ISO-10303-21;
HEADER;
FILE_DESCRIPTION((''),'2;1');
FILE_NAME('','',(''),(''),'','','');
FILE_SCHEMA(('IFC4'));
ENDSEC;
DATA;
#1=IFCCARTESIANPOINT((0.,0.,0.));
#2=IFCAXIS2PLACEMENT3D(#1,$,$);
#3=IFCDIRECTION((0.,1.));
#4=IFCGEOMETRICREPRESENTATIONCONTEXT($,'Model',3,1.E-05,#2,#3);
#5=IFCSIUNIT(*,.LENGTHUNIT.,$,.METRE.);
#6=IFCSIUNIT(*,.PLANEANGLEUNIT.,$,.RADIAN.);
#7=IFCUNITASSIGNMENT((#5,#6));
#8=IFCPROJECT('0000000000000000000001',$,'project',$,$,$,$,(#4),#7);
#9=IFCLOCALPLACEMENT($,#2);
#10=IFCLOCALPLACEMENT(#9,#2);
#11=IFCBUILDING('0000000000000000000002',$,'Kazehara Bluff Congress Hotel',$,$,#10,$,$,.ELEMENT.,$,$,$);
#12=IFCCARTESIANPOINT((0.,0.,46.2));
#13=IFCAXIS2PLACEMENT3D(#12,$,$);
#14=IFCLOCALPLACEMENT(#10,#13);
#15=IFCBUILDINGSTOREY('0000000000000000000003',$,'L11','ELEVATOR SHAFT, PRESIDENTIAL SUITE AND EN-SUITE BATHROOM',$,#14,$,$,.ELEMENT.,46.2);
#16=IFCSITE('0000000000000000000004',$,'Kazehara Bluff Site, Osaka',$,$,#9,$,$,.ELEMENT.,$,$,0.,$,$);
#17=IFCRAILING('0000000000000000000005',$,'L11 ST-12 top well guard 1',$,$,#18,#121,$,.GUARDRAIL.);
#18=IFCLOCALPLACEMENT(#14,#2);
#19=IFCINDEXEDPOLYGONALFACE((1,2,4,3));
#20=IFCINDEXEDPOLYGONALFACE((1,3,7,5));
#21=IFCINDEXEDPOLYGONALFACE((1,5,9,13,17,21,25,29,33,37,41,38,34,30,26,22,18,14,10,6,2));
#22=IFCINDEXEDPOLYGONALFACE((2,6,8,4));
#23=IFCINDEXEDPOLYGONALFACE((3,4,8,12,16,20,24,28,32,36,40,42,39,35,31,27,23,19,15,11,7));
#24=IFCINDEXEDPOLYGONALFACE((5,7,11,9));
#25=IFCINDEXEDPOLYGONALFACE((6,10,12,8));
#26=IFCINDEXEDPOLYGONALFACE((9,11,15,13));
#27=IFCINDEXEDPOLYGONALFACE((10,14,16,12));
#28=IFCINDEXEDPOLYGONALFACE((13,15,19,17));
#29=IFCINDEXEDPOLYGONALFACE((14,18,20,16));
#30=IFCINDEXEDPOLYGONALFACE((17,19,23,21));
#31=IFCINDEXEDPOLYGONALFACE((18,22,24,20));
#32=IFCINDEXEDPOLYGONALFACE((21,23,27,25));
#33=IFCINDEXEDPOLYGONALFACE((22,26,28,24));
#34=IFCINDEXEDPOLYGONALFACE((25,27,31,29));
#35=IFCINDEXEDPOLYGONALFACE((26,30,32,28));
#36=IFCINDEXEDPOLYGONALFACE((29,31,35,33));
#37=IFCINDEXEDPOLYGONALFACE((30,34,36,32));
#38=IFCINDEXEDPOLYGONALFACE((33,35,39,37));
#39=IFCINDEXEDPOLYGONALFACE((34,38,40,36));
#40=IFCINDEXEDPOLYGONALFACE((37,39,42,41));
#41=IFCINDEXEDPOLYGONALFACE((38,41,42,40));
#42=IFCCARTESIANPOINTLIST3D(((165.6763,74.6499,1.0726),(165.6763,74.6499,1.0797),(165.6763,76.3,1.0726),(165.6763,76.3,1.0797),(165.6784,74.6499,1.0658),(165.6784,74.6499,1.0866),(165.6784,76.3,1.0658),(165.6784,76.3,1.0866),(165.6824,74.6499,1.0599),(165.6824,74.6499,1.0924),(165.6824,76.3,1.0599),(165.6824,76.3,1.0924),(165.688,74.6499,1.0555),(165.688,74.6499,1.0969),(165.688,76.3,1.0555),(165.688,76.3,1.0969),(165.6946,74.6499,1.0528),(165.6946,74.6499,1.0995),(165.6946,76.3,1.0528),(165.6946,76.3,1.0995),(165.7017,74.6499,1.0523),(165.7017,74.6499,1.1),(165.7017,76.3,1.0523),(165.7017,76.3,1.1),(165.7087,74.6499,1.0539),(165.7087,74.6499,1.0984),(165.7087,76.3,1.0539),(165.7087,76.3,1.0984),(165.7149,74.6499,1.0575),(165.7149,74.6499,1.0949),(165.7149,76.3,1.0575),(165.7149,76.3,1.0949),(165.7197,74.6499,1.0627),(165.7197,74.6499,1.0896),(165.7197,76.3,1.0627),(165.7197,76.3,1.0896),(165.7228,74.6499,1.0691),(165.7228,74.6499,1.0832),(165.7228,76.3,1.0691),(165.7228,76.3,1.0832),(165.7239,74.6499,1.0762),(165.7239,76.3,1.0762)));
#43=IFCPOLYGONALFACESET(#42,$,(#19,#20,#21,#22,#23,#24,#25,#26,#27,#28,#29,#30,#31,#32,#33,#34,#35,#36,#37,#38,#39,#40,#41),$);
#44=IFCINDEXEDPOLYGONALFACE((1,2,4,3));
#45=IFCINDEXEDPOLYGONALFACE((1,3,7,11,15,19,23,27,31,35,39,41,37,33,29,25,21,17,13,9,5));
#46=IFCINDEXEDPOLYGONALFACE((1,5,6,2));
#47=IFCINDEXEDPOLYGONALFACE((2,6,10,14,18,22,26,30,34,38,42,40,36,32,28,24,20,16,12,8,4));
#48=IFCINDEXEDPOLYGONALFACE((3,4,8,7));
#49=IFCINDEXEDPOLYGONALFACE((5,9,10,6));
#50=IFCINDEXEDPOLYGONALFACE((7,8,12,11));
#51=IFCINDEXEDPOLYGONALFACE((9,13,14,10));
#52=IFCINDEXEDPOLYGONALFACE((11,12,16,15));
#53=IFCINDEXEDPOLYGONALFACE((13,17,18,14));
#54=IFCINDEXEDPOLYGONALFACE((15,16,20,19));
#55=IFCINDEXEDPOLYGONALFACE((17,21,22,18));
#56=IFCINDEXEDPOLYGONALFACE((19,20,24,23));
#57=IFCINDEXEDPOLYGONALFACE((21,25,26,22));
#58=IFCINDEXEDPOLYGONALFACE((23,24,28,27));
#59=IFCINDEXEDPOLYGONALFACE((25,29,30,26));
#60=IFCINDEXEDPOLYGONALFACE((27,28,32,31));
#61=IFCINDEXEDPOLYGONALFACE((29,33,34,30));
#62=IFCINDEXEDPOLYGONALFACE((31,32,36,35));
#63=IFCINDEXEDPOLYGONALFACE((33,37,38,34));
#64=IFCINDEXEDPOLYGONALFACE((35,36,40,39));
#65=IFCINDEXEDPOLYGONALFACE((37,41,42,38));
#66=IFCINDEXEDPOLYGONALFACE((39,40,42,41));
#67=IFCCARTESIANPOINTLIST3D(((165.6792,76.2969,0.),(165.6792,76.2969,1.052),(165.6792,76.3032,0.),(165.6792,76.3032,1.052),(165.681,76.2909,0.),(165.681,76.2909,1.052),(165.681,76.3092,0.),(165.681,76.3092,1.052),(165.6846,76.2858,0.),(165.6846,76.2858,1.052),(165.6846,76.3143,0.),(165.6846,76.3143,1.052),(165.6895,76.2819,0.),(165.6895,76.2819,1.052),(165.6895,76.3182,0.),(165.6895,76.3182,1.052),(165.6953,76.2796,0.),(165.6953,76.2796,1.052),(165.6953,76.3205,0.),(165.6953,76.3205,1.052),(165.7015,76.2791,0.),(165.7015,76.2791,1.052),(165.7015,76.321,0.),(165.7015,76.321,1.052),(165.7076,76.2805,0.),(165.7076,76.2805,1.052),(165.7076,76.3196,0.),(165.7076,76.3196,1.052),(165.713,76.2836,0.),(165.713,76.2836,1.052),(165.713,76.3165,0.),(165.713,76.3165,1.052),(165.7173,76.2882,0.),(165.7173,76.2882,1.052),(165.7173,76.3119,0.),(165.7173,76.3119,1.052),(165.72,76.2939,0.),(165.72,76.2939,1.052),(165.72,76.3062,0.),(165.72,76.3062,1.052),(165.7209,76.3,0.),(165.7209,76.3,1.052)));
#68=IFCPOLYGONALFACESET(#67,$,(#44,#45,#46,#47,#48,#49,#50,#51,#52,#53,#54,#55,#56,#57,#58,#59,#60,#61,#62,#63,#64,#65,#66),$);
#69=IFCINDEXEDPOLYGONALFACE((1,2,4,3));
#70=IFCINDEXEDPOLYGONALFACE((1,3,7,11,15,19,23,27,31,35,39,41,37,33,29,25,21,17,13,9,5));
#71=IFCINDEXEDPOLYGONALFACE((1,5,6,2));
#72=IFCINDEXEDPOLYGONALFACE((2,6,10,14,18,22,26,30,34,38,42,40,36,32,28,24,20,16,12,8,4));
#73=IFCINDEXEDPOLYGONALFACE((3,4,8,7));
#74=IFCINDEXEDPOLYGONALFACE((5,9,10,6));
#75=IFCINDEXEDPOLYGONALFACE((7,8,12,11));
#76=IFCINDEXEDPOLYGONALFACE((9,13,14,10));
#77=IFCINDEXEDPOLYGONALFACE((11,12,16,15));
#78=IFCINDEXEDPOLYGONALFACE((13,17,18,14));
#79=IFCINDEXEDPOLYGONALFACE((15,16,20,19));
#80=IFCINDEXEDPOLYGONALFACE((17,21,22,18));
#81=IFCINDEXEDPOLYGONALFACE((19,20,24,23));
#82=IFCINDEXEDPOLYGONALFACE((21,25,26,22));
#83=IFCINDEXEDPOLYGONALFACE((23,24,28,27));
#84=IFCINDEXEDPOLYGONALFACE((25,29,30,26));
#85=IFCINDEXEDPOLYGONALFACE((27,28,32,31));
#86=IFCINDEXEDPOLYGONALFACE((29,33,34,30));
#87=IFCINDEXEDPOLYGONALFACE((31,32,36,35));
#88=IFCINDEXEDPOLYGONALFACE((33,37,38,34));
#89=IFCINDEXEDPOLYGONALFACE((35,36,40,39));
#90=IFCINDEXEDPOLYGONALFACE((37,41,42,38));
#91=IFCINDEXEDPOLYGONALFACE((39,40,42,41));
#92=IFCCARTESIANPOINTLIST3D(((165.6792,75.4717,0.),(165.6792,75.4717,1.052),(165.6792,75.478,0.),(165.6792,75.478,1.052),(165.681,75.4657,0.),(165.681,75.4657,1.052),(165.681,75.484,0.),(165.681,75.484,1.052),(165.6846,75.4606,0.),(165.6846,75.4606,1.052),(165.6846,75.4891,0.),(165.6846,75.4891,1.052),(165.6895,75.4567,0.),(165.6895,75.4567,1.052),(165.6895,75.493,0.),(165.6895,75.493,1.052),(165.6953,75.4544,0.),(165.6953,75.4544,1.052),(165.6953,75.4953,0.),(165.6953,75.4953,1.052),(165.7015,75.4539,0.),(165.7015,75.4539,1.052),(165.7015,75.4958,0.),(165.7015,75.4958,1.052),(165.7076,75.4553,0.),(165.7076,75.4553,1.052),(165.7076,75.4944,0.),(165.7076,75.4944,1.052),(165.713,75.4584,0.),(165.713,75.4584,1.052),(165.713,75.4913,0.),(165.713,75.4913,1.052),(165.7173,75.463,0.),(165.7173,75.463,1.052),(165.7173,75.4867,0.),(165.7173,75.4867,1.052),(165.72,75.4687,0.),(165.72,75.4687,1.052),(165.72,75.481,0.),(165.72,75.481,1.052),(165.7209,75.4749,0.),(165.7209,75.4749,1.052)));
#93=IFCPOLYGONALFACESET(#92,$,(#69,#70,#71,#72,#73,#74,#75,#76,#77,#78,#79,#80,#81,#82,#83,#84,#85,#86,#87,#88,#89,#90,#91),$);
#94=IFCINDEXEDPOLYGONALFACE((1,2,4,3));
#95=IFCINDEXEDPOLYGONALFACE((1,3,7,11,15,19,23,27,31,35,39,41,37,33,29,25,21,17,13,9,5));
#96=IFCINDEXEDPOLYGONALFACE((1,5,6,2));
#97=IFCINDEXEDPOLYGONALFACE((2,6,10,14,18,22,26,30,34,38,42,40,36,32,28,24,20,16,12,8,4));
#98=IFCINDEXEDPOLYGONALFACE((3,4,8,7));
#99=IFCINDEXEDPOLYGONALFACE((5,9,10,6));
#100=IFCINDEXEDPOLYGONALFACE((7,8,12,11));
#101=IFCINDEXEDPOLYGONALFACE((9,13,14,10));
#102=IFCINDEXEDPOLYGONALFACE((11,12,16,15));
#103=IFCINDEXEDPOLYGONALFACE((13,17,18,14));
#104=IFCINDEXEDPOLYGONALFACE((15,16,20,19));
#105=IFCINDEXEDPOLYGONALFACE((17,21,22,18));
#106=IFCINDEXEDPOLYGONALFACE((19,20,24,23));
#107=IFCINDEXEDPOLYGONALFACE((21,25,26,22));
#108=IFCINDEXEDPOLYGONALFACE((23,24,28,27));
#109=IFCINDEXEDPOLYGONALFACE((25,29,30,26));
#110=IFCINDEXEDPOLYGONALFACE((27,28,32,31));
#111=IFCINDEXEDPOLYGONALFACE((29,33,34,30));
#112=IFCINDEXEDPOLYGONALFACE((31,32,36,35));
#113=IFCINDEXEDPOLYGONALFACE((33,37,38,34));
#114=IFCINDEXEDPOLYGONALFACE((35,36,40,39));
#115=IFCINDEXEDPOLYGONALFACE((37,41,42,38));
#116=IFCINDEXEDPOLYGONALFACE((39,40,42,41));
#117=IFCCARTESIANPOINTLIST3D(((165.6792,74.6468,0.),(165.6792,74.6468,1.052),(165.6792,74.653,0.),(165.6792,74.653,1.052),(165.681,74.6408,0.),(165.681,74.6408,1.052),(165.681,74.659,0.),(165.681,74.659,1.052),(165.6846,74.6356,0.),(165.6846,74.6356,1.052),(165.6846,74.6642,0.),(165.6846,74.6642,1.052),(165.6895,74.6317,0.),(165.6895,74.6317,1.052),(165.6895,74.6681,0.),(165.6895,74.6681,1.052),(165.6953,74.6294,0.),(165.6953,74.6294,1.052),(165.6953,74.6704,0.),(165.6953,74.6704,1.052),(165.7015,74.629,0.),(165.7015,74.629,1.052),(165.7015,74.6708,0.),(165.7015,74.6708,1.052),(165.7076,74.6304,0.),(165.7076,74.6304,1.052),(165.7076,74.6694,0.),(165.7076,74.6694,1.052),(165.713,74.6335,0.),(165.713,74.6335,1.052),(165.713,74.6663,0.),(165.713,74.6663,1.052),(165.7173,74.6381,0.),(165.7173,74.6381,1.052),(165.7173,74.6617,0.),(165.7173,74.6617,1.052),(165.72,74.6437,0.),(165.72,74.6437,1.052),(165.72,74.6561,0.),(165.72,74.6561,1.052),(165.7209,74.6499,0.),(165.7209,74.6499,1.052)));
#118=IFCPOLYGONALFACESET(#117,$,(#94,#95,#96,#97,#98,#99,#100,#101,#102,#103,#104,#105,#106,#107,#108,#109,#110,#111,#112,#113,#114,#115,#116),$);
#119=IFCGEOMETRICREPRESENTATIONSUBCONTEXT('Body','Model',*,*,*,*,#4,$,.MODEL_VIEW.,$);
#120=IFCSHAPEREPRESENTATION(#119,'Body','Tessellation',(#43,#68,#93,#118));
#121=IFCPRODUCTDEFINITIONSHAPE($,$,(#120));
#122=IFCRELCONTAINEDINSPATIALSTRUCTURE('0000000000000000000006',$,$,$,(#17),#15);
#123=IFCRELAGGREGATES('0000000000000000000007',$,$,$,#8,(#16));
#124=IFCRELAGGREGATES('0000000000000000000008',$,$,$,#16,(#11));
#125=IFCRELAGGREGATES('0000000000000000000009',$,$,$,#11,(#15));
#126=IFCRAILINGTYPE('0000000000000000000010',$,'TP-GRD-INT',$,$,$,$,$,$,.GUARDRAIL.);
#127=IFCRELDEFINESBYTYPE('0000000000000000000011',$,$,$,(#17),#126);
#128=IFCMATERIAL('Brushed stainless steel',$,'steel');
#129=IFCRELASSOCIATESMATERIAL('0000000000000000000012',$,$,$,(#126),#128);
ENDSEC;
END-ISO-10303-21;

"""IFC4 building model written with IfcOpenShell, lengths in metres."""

from ifc_helpers import new_model, si_unit, direction, frame, origin, origin_2d, place, context, subcontext, project, spatial, circle, extrude, material, type_object, element, save


model = new_model("IFC4")

# Units and contexts
model_context = context("Model", 3, precision=1e-05, world=origin(), true_north=direction((0.0, 1.0)))
body_context = subcontext(model_context, "Body", "Model", "MODEL_VIEW")
ifc_project = project(units=[si_unit("LENGTHUNIT", "METRE"), si_unit("PLANEANGLEUNIT", "RADIAN")], contexts=[model_context])

# Site, building, storey
site_placement = place(None, origin())
site = spatial("IfcSite", under=ifc_project, at=site_placement, Name="Kazehara Bluff Site, Osaka", CompositionType="ELEMENT", RefElevation=0.0)
building_placement = place(site_placement, origin())
building = spatial("IfcBuilding", under=site, at=building_placement, Name="Kazehara Bluff Congress Hotel", CompositionType="ELEMENT")
storey_placement = place(building_placement, frame((0.0, 0.0, 46.2)))
storey = spatial("IfcBuildingStorey", under=building, at=storey_placement, Name="L11", Description="ELEVATOR SHAFT, PRESIDENTIAL SUITE AND EN-SUITE BATHROOM", CompositionType="ELEMENT", Elevation=46.2)

# Railing
ifc_material_1 = material(Name="Brushed stainless steel", Category="steel")
railing_type = type_object("IfcRailingType", Name="TP-GRD-INT", PredefinedType="GUARDRAIL", material=ifc_material_1)
railing_placement = place(storey_placement, frame((165.7, 76.3, 0.0)))
element("IfcRailing", 1, at=railing_placement, inside=storey, type_object=railing_type, Name="L11 ST-12 top well guard 1", PredefinedType="GUARDRAIL", context=body_context, shape_type="SweptSolid", body=[
    extrude(circle(Radius=0.0239, at=origin_2d()), frame((0.0, 0.0, 1.0762), z_axis=(0.0, -1.0, 0.0), x_axis=(1.0, 0.0, 0.0)), (0.0, 0.0, 1.0), 1.6501),
    extrude(circle(Radius=0.021, at=origin_2d()), origin(), (0.0, 0.0, 1.0), 1.052),
    extrude(circle(Radius=0.021, at=origin_2d()), frame((0.0, -0.8252, 0.0)), (0.0, 0.0, 1.0), 1.052),
    extrude(circle(Radius=0.021, at=origin_2d()), frame((0.0, -1.6501, 0.0)), (0.0, 0.0, 1.0), 1.052),
])

save(model, "model.ifc")
